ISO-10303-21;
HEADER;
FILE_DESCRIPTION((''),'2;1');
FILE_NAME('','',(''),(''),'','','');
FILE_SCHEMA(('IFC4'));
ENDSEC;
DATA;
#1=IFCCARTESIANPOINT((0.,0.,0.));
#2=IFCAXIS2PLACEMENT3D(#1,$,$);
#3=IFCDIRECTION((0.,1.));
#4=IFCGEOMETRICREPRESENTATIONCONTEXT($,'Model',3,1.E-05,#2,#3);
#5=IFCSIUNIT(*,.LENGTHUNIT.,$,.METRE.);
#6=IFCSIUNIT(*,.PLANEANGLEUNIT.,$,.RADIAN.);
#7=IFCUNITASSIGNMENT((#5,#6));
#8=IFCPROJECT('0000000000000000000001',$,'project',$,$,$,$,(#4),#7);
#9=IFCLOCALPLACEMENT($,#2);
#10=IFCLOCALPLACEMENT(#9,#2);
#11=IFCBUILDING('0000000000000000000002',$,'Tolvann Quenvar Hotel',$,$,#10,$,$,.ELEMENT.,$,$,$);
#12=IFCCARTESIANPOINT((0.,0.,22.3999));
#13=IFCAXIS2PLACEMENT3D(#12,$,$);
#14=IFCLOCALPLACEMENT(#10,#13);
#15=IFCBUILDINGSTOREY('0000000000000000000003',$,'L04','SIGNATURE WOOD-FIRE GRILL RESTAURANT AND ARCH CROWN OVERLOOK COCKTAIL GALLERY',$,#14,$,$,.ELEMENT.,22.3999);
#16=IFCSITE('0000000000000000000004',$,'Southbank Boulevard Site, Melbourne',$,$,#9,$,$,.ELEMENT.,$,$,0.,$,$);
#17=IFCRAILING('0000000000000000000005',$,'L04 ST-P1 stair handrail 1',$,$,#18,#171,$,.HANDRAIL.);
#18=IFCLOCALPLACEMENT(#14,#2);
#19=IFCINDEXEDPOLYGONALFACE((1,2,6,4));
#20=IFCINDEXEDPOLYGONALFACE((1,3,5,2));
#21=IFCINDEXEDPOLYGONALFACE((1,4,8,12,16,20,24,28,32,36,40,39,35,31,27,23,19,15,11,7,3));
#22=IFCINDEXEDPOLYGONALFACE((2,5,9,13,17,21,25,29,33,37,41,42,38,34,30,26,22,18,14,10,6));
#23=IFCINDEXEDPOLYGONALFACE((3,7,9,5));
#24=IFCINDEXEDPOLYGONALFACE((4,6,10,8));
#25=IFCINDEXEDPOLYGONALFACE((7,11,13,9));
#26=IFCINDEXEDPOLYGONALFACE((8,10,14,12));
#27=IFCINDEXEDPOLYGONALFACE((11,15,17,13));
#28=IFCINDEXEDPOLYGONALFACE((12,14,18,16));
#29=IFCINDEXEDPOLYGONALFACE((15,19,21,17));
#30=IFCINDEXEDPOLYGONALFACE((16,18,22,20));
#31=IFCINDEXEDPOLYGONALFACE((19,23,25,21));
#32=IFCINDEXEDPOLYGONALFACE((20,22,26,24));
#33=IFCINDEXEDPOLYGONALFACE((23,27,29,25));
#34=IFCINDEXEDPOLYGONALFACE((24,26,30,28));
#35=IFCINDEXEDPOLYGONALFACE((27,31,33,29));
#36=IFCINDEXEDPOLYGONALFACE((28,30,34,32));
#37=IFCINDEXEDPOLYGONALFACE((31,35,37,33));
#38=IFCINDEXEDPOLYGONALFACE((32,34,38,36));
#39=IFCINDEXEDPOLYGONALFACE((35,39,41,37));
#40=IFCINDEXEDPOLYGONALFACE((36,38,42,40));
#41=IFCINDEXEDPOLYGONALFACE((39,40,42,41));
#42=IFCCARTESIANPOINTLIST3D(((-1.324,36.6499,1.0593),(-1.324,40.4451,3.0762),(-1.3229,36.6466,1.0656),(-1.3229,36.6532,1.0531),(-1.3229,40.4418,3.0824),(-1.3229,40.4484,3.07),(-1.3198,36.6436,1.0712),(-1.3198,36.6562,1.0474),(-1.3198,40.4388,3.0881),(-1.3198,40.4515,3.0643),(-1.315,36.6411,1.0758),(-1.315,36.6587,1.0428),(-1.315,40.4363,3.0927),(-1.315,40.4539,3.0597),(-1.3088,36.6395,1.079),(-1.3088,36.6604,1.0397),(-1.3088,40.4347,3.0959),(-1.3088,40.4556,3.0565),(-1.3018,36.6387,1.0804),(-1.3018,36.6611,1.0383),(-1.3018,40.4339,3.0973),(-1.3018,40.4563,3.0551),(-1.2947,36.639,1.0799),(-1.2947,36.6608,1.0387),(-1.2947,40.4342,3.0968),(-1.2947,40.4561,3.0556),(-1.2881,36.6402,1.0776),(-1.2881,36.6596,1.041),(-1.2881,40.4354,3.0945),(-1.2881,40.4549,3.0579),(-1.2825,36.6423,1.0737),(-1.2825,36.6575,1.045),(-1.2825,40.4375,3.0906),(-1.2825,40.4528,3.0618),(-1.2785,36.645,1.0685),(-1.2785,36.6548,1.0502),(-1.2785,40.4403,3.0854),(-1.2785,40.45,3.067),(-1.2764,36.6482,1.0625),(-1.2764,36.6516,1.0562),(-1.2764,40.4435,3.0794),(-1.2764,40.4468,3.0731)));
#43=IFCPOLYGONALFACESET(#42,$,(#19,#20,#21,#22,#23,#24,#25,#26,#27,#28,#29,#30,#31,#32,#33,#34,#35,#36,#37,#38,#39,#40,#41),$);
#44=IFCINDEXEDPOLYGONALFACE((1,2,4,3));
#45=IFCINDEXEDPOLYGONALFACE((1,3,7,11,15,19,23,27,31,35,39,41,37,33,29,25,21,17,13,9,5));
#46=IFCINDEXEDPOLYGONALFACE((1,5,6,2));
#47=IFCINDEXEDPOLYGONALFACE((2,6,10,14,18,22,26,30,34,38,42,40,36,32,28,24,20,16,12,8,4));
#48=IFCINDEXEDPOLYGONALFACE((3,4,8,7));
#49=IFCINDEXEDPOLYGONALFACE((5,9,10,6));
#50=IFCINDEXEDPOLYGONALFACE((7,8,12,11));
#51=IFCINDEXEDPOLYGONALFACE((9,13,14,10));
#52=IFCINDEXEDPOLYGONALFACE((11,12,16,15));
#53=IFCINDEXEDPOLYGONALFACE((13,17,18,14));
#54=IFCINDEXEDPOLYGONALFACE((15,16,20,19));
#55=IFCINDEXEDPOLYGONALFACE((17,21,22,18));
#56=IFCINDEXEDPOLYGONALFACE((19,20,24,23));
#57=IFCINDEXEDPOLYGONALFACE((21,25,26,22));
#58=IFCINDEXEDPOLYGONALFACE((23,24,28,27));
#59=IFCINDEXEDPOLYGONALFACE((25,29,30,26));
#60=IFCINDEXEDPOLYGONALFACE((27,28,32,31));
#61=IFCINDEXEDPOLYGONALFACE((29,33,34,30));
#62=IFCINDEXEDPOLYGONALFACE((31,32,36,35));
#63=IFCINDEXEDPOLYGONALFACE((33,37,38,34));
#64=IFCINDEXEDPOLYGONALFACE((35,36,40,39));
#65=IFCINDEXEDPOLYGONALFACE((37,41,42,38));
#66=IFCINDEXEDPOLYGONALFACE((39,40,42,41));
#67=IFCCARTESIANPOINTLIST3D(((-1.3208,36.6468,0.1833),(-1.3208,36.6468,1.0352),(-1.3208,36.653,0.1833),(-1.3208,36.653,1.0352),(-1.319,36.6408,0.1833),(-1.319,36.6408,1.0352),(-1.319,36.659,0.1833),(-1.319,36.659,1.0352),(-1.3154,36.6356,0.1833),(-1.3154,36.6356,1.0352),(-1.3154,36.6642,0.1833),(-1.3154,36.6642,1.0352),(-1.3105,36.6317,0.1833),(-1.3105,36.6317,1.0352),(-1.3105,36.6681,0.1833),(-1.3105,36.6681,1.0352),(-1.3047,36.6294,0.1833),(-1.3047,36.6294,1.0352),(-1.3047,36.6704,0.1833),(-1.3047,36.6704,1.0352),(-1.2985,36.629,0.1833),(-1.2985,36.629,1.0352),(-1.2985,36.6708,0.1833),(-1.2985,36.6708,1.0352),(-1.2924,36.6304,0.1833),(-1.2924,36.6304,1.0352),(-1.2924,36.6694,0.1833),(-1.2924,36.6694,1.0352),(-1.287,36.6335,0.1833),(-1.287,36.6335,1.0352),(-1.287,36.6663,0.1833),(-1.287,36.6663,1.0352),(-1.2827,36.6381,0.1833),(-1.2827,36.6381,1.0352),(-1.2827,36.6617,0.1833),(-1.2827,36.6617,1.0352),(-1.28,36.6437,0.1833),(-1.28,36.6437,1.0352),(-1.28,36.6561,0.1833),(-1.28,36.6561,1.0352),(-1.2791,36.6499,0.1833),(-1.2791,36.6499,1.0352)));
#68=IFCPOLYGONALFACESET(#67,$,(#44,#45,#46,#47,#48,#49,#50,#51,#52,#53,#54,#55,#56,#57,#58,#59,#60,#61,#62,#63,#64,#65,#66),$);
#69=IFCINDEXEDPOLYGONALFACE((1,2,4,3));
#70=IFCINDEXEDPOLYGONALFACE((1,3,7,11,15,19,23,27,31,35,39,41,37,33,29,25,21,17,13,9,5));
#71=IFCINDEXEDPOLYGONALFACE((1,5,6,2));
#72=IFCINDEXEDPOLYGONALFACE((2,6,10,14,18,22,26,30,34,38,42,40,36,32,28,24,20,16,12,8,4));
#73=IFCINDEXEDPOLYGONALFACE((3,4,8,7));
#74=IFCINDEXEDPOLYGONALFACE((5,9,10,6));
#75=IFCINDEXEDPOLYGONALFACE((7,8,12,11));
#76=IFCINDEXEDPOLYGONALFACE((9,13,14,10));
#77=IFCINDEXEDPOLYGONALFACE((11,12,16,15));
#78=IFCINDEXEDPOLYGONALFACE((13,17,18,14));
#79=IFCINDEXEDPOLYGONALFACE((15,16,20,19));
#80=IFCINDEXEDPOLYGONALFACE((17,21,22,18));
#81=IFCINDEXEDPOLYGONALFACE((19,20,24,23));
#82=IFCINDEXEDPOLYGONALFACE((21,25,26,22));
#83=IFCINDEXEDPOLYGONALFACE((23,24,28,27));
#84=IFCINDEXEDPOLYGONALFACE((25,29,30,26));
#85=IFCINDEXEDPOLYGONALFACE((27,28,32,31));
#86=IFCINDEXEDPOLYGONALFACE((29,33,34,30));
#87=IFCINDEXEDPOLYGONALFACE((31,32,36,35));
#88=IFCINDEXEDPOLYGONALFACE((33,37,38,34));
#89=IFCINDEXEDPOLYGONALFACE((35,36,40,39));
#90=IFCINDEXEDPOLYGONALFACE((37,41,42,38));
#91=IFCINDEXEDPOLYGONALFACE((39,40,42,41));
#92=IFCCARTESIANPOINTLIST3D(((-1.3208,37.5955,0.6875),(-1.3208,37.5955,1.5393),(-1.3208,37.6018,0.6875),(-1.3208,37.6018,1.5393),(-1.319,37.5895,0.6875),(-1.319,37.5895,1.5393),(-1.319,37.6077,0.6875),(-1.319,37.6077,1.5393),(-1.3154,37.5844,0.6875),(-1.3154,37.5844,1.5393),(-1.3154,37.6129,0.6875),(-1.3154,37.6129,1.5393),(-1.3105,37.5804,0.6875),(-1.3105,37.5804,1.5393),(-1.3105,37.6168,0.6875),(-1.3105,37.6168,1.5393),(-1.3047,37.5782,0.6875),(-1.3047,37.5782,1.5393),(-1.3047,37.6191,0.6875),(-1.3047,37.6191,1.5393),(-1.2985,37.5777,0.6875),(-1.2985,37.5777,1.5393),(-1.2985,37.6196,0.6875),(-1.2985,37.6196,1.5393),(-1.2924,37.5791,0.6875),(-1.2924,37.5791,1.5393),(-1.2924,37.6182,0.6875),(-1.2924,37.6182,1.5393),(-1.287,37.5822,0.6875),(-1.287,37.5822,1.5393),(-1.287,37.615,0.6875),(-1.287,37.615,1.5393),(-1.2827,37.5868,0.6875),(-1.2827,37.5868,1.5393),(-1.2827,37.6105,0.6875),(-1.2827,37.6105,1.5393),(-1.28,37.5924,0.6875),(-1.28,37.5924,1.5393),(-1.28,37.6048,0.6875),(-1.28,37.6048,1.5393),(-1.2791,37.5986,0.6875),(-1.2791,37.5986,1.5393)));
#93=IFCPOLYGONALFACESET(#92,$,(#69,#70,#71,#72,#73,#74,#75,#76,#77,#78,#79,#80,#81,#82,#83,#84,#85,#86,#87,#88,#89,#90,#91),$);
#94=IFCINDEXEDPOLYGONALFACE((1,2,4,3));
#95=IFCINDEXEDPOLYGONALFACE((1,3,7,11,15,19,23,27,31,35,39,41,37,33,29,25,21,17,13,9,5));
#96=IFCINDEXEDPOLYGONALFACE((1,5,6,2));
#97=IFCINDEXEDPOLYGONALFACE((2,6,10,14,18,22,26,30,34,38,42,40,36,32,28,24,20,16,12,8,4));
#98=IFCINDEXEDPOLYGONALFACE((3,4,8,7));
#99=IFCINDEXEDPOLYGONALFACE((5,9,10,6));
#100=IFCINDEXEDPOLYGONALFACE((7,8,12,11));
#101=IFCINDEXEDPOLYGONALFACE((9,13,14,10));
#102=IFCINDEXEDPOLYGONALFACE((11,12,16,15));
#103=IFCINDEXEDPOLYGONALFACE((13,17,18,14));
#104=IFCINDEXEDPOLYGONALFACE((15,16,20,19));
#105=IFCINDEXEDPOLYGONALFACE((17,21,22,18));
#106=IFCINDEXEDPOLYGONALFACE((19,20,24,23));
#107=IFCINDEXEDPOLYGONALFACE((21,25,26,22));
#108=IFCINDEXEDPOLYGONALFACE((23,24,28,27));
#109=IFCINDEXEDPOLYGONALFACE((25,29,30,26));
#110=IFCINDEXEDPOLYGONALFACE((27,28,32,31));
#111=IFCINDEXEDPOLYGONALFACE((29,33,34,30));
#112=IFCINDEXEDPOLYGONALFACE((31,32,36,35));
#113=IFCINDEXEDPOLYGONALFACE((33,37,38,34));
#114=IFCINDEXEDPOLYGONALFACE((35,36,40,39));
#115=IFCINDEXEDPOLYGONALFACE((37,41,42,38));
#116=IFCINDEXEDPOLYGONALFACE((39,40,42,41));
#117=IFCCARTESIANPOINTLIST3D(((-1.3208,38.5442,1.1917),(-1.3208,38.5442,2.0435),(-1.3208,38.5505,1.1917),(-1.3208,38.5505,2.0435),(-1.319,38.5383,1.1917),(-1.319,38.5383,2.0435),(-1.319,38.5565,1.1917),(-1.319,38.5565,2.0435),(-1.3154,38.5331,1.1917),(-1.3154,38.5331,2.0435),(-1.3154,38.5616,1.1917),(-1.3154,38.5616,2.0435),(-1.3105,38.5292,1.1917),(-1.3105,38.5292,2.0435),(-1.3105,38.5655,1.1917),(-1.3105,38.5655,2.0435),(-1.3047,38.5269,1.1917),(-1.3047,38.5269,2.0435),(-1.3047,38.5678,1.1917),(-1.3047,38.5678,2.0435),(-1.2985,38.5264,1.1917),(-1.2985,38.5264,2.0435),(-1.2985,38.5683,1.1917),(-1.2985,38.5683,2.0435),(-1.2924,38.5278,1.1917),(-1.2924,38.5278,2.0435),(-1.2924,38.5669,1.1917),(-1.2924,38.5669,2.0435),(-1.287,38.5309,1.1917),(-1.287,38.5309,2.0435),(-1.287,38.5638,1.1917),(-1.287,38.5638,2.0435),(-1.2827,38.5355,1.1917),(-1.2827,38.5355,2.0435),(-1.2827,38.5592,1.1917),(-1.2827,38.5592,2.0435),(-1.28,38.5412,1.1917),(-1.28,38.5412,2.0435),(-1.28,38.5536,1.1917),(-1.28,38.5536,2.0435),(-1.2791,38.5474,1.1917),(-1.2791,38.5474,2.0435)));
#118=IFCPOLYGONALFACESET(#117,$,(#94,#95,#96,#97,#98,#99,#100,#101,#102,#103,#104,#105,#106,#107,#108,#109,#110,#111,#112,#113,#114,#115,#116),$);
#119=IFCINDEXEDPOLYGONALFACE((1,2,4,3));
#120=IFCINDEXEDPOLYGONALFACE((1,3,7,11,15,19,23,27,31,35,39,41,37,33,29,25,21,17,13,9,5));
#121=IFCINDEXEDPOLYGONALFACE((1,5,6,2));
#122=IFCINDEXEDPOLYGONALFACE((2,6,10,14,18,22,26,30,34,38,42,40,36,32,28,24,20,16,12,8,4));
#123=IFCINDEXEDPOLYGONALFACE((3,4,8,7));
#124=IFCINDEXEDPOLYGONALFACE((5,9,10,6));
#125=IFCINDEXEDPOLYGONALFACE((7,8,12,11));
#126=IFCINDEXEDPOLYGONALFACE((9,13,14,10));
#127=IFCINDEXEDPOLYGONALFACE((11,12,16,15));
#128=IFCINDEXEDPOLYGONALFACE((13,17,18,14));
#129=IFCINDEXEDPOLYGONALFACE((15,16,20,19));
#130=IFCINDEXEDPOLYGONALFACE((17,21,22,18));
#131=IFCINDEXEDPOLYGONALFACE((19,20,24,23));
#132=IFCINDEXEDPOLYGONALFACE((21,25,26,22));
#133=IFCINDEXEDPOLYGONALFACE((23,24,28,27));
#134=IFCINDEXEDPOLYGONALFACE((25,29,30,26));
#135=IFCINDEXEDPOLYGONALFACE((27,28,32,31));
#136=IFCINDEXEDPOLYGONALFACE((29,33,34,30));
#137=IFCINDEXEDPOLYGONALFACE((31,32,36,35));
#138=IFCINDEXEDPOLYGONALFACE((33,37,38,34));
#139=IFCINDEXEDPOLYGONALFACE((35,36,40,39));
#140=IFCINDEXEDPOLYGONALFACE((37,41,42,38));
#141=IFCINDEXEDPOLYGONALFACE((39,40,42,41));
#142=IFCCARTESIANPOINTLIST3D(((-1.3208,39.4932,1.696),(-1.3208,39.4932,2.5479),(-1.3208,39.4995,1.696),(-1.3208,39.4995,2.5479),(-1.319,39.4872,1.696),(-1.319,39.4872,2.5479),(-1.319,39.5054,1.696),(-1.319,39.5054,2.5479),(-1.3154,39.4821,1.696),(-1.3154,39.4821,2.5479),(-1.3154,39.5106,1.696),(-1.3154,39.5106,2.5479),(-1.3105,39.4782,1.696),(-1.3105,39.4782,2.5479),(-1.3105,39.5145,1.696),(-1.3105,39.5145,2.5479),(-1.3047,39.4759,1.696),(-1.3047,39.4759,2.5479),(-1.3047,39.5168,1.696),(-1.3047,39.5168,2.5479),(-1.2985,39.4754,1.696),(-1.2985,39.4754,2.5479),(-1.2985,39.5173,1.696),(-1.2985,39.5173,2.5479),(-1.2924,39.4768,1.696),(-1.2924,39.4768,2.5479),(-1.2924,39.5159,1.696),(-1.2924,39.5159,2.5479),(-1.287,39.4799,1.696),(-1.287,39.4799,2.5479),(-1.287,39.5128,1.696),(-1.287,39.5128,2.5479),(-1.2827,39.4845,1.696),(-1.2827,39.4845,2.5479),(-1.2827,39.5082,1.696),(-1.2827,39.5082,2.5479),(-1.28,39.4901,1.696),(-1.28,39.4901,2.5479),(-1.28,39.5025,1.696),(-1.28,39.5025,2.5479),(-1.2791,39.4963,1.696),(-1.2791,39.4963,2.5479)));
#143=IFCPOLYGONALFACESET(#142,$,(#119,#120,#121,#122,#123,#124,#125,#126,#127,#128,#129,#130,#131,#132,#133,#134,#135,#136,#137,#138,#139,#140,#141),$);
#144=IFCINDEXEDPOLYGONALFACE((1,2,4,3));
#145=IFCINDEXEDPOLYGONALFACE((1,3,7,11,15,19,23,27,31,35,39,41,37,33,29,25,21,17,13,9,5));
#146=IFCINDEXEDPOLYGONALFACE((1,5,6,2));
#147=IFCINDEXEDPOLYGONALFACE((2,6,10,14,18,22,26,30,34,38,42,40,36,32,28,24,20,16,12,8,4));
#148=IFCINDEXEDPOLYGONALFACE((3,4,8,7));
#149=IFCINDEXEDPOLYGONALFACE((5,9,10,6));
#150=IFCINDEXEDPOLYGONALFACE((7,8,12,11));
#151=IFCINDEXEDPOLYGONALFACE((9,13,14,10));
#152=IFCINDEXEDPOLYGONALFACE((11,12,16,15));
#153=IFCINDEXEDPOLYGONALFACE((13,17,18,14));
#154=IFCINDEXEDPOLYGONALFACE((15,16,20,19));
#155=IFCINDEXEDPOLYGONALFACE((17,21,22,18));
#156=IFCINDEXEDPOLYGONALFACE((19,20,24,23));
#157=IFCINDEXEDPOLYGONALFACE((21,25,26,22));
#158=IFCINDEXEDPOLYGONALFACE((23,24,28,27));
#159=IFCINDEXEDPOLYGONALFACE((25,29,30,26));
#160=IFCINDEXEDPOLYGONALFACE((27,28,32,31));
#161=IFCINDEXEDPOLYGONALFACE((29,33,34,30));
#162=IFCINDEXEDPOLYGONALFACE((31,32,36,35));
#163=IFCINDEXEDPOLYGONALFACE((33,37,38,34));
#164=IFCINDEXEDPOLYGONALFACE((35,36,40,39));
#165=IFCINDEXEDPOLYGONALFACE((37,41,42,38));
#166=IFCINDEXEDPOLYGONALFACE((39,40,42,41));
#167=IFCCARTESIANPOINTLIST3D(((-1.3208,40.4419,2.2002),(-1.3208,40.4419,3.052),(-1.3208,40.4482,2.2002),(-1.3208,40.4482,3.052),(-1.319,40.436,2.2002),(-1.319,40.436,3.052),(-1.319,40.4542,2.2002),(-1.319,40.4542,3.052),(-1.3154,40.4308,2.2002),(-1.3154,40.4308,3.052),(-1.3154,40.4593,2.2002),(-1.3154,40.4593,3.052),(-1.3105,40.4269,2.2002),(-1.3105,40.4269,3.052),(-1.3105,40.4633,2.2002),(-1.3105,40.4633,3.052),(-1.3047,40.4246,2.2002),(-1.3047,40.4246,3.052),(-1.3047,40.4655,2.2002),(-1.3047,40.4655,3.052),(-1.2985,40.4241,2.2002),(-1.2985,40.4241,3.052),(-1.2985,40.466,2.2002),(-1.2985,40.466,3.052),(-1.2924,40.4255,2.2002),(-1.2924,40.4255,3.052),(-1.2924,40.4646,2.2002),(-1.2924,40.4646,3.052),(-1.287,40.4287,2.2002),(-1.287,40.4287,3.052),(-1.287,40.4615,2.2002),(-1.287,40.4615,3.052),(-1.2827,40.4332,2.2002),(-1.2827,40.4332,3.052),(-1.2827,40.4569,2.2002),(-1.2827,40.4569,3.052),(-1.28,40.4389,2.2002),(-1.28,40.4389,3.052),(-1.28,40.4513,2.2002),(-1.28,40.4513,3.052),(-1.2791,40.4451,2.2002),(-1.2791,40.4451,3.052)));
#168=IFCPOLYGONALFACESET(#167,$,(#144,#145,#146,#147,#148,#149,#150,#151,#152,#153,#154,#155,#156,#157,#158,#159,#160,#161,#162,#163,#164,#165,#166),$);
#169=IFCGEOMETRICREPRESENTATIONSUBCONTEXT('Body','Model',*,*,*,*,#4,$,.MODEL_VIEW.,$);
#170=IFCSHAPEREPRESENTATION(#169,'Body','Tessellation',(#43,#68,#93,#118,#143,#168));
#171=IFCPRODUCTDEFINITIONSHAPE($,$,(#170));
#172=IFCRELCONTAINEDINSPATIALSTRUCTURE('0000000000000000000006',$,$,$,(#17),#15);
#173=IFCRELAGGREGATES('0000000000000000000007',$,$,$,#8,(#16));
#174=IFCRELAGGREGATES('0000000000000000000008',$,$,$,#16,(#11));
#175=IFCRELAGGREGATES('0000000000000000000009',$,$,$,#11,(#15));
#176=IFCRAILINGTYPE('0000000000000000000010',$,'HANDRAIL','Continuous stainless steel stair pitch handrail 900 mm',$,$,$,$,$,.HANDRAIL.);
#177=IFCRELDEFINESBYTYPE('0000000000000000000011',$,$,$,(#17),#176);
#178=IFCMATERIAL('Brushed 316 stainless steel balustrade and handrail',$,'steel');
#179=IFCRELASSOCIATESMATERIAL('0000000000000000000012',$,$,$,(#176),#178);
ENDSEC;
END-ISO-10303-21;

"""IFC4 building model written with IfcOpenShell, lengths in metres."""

from ifc_helpers import new_model, si_unit, direction, frame, origin, origin_2d, place, context, subcontext, project, spatial, circle, extrude, material, type_object, element, save


model = new_model("IFC4")

# Units and contexts
model_context = context("Model", 3, precision=1e-05, world=origin(), true_north=direction((0.0, 1.0)))
body_context = subcontext(model_context, "Body", "Model", "MODEL_VIEW")
ifc_project = project(units=[si_unit("LENGTHUNIT", "METRE"), si_unit("PLANEANGLEUNIT", "RADIAN")], contexts=[model_context])

# Site, building, storey
site_placement = place(None, origin())
site = spatial("IfcSite", under=ifc_project, at=site_placement, Name="Southbank Boulevard Site, Melbourne", CompositionType="ELEMENT", RefElevation=0.0)
building_placement = place(site_placement, origin())
building = spatial("IfcBuilding", under=site, at=building_placement, Name="Tolvann Quenvar Hotel", CompositionType="ELEMENT")
storey_placement = place(building_placement, frame((0.0, 0.0, 22.3999)))
storey = spatial("IfcBuildingStorey", under=building, at=storey_placement, Name="L04", Description="SIGNATURE WOOD-FIRE GRILL RESTAURANT AND ARCH CROWN OVERLOOK COCKTAIL GALLERY", CompositionType="ELEMENT", Elevation=22.3999)

# Railing
ifc_material_1 = material(Name="Brushed 316 stainless steel balustrade and handrail", Category="steel")
railing_type_1 = type_object("IfcRailingType", Name="HANDRAIL", Description="Continuous stainless steel stair pitch handrail 900 mm", PredefinedType="HANDRAIL", material=ifc_material_1)
railing_1_placement = place(storey_placement, frame((-1.3, 36.6499, 0.1833)))
element("IfcRailing", 1, at=railing_1_placement, inside=storey, type_object=railing_type_1, Name="L04 ST-P1 stair handrail 1", PredefinedType="HANDRAIL", context=body_context, shape_type="SweptSolid", body=[
    extrude(circle(Radius=0.0239, at=origin_2d()), frame((0.0, 0.0, 0.876), z_axis=(0.0, 0.883052, 0.469276), x_axis=(-1.0, 0.0, 0.0)), (0.0, 0.0, 1.0), 4.2979),
    extrude(circle(Radius=0.021, at=origin_2d()), origin(), (0.0, 0.0, 1.0), 0.8518),
    extrude(circle(Radius=0.021, at=origin_2d()), frame((0.0, 0.9487, 0.5042)), (0.0, 0.0, 1.0), 0.8518),
    extrude(circle(Radius=0.021, at=origin_2d()), frame((0.0, 1.8975, 1.0083)), (0.0, 0.0, 1.0), 0.8518),
    extrude(circle(Radius=0.021, at=origin_2d()), frame((0.0, 2.8464, 1.5127)), (0.0, 0.0, 1.0), 0.8518),
    extrude(circle(Radius=0.021, at=origin_2d()), frame((0.0, 3.7952, 2.0168)), (0.0, 0.0, 1.0), 0.8518),
])

save(model, "model.ifc")
